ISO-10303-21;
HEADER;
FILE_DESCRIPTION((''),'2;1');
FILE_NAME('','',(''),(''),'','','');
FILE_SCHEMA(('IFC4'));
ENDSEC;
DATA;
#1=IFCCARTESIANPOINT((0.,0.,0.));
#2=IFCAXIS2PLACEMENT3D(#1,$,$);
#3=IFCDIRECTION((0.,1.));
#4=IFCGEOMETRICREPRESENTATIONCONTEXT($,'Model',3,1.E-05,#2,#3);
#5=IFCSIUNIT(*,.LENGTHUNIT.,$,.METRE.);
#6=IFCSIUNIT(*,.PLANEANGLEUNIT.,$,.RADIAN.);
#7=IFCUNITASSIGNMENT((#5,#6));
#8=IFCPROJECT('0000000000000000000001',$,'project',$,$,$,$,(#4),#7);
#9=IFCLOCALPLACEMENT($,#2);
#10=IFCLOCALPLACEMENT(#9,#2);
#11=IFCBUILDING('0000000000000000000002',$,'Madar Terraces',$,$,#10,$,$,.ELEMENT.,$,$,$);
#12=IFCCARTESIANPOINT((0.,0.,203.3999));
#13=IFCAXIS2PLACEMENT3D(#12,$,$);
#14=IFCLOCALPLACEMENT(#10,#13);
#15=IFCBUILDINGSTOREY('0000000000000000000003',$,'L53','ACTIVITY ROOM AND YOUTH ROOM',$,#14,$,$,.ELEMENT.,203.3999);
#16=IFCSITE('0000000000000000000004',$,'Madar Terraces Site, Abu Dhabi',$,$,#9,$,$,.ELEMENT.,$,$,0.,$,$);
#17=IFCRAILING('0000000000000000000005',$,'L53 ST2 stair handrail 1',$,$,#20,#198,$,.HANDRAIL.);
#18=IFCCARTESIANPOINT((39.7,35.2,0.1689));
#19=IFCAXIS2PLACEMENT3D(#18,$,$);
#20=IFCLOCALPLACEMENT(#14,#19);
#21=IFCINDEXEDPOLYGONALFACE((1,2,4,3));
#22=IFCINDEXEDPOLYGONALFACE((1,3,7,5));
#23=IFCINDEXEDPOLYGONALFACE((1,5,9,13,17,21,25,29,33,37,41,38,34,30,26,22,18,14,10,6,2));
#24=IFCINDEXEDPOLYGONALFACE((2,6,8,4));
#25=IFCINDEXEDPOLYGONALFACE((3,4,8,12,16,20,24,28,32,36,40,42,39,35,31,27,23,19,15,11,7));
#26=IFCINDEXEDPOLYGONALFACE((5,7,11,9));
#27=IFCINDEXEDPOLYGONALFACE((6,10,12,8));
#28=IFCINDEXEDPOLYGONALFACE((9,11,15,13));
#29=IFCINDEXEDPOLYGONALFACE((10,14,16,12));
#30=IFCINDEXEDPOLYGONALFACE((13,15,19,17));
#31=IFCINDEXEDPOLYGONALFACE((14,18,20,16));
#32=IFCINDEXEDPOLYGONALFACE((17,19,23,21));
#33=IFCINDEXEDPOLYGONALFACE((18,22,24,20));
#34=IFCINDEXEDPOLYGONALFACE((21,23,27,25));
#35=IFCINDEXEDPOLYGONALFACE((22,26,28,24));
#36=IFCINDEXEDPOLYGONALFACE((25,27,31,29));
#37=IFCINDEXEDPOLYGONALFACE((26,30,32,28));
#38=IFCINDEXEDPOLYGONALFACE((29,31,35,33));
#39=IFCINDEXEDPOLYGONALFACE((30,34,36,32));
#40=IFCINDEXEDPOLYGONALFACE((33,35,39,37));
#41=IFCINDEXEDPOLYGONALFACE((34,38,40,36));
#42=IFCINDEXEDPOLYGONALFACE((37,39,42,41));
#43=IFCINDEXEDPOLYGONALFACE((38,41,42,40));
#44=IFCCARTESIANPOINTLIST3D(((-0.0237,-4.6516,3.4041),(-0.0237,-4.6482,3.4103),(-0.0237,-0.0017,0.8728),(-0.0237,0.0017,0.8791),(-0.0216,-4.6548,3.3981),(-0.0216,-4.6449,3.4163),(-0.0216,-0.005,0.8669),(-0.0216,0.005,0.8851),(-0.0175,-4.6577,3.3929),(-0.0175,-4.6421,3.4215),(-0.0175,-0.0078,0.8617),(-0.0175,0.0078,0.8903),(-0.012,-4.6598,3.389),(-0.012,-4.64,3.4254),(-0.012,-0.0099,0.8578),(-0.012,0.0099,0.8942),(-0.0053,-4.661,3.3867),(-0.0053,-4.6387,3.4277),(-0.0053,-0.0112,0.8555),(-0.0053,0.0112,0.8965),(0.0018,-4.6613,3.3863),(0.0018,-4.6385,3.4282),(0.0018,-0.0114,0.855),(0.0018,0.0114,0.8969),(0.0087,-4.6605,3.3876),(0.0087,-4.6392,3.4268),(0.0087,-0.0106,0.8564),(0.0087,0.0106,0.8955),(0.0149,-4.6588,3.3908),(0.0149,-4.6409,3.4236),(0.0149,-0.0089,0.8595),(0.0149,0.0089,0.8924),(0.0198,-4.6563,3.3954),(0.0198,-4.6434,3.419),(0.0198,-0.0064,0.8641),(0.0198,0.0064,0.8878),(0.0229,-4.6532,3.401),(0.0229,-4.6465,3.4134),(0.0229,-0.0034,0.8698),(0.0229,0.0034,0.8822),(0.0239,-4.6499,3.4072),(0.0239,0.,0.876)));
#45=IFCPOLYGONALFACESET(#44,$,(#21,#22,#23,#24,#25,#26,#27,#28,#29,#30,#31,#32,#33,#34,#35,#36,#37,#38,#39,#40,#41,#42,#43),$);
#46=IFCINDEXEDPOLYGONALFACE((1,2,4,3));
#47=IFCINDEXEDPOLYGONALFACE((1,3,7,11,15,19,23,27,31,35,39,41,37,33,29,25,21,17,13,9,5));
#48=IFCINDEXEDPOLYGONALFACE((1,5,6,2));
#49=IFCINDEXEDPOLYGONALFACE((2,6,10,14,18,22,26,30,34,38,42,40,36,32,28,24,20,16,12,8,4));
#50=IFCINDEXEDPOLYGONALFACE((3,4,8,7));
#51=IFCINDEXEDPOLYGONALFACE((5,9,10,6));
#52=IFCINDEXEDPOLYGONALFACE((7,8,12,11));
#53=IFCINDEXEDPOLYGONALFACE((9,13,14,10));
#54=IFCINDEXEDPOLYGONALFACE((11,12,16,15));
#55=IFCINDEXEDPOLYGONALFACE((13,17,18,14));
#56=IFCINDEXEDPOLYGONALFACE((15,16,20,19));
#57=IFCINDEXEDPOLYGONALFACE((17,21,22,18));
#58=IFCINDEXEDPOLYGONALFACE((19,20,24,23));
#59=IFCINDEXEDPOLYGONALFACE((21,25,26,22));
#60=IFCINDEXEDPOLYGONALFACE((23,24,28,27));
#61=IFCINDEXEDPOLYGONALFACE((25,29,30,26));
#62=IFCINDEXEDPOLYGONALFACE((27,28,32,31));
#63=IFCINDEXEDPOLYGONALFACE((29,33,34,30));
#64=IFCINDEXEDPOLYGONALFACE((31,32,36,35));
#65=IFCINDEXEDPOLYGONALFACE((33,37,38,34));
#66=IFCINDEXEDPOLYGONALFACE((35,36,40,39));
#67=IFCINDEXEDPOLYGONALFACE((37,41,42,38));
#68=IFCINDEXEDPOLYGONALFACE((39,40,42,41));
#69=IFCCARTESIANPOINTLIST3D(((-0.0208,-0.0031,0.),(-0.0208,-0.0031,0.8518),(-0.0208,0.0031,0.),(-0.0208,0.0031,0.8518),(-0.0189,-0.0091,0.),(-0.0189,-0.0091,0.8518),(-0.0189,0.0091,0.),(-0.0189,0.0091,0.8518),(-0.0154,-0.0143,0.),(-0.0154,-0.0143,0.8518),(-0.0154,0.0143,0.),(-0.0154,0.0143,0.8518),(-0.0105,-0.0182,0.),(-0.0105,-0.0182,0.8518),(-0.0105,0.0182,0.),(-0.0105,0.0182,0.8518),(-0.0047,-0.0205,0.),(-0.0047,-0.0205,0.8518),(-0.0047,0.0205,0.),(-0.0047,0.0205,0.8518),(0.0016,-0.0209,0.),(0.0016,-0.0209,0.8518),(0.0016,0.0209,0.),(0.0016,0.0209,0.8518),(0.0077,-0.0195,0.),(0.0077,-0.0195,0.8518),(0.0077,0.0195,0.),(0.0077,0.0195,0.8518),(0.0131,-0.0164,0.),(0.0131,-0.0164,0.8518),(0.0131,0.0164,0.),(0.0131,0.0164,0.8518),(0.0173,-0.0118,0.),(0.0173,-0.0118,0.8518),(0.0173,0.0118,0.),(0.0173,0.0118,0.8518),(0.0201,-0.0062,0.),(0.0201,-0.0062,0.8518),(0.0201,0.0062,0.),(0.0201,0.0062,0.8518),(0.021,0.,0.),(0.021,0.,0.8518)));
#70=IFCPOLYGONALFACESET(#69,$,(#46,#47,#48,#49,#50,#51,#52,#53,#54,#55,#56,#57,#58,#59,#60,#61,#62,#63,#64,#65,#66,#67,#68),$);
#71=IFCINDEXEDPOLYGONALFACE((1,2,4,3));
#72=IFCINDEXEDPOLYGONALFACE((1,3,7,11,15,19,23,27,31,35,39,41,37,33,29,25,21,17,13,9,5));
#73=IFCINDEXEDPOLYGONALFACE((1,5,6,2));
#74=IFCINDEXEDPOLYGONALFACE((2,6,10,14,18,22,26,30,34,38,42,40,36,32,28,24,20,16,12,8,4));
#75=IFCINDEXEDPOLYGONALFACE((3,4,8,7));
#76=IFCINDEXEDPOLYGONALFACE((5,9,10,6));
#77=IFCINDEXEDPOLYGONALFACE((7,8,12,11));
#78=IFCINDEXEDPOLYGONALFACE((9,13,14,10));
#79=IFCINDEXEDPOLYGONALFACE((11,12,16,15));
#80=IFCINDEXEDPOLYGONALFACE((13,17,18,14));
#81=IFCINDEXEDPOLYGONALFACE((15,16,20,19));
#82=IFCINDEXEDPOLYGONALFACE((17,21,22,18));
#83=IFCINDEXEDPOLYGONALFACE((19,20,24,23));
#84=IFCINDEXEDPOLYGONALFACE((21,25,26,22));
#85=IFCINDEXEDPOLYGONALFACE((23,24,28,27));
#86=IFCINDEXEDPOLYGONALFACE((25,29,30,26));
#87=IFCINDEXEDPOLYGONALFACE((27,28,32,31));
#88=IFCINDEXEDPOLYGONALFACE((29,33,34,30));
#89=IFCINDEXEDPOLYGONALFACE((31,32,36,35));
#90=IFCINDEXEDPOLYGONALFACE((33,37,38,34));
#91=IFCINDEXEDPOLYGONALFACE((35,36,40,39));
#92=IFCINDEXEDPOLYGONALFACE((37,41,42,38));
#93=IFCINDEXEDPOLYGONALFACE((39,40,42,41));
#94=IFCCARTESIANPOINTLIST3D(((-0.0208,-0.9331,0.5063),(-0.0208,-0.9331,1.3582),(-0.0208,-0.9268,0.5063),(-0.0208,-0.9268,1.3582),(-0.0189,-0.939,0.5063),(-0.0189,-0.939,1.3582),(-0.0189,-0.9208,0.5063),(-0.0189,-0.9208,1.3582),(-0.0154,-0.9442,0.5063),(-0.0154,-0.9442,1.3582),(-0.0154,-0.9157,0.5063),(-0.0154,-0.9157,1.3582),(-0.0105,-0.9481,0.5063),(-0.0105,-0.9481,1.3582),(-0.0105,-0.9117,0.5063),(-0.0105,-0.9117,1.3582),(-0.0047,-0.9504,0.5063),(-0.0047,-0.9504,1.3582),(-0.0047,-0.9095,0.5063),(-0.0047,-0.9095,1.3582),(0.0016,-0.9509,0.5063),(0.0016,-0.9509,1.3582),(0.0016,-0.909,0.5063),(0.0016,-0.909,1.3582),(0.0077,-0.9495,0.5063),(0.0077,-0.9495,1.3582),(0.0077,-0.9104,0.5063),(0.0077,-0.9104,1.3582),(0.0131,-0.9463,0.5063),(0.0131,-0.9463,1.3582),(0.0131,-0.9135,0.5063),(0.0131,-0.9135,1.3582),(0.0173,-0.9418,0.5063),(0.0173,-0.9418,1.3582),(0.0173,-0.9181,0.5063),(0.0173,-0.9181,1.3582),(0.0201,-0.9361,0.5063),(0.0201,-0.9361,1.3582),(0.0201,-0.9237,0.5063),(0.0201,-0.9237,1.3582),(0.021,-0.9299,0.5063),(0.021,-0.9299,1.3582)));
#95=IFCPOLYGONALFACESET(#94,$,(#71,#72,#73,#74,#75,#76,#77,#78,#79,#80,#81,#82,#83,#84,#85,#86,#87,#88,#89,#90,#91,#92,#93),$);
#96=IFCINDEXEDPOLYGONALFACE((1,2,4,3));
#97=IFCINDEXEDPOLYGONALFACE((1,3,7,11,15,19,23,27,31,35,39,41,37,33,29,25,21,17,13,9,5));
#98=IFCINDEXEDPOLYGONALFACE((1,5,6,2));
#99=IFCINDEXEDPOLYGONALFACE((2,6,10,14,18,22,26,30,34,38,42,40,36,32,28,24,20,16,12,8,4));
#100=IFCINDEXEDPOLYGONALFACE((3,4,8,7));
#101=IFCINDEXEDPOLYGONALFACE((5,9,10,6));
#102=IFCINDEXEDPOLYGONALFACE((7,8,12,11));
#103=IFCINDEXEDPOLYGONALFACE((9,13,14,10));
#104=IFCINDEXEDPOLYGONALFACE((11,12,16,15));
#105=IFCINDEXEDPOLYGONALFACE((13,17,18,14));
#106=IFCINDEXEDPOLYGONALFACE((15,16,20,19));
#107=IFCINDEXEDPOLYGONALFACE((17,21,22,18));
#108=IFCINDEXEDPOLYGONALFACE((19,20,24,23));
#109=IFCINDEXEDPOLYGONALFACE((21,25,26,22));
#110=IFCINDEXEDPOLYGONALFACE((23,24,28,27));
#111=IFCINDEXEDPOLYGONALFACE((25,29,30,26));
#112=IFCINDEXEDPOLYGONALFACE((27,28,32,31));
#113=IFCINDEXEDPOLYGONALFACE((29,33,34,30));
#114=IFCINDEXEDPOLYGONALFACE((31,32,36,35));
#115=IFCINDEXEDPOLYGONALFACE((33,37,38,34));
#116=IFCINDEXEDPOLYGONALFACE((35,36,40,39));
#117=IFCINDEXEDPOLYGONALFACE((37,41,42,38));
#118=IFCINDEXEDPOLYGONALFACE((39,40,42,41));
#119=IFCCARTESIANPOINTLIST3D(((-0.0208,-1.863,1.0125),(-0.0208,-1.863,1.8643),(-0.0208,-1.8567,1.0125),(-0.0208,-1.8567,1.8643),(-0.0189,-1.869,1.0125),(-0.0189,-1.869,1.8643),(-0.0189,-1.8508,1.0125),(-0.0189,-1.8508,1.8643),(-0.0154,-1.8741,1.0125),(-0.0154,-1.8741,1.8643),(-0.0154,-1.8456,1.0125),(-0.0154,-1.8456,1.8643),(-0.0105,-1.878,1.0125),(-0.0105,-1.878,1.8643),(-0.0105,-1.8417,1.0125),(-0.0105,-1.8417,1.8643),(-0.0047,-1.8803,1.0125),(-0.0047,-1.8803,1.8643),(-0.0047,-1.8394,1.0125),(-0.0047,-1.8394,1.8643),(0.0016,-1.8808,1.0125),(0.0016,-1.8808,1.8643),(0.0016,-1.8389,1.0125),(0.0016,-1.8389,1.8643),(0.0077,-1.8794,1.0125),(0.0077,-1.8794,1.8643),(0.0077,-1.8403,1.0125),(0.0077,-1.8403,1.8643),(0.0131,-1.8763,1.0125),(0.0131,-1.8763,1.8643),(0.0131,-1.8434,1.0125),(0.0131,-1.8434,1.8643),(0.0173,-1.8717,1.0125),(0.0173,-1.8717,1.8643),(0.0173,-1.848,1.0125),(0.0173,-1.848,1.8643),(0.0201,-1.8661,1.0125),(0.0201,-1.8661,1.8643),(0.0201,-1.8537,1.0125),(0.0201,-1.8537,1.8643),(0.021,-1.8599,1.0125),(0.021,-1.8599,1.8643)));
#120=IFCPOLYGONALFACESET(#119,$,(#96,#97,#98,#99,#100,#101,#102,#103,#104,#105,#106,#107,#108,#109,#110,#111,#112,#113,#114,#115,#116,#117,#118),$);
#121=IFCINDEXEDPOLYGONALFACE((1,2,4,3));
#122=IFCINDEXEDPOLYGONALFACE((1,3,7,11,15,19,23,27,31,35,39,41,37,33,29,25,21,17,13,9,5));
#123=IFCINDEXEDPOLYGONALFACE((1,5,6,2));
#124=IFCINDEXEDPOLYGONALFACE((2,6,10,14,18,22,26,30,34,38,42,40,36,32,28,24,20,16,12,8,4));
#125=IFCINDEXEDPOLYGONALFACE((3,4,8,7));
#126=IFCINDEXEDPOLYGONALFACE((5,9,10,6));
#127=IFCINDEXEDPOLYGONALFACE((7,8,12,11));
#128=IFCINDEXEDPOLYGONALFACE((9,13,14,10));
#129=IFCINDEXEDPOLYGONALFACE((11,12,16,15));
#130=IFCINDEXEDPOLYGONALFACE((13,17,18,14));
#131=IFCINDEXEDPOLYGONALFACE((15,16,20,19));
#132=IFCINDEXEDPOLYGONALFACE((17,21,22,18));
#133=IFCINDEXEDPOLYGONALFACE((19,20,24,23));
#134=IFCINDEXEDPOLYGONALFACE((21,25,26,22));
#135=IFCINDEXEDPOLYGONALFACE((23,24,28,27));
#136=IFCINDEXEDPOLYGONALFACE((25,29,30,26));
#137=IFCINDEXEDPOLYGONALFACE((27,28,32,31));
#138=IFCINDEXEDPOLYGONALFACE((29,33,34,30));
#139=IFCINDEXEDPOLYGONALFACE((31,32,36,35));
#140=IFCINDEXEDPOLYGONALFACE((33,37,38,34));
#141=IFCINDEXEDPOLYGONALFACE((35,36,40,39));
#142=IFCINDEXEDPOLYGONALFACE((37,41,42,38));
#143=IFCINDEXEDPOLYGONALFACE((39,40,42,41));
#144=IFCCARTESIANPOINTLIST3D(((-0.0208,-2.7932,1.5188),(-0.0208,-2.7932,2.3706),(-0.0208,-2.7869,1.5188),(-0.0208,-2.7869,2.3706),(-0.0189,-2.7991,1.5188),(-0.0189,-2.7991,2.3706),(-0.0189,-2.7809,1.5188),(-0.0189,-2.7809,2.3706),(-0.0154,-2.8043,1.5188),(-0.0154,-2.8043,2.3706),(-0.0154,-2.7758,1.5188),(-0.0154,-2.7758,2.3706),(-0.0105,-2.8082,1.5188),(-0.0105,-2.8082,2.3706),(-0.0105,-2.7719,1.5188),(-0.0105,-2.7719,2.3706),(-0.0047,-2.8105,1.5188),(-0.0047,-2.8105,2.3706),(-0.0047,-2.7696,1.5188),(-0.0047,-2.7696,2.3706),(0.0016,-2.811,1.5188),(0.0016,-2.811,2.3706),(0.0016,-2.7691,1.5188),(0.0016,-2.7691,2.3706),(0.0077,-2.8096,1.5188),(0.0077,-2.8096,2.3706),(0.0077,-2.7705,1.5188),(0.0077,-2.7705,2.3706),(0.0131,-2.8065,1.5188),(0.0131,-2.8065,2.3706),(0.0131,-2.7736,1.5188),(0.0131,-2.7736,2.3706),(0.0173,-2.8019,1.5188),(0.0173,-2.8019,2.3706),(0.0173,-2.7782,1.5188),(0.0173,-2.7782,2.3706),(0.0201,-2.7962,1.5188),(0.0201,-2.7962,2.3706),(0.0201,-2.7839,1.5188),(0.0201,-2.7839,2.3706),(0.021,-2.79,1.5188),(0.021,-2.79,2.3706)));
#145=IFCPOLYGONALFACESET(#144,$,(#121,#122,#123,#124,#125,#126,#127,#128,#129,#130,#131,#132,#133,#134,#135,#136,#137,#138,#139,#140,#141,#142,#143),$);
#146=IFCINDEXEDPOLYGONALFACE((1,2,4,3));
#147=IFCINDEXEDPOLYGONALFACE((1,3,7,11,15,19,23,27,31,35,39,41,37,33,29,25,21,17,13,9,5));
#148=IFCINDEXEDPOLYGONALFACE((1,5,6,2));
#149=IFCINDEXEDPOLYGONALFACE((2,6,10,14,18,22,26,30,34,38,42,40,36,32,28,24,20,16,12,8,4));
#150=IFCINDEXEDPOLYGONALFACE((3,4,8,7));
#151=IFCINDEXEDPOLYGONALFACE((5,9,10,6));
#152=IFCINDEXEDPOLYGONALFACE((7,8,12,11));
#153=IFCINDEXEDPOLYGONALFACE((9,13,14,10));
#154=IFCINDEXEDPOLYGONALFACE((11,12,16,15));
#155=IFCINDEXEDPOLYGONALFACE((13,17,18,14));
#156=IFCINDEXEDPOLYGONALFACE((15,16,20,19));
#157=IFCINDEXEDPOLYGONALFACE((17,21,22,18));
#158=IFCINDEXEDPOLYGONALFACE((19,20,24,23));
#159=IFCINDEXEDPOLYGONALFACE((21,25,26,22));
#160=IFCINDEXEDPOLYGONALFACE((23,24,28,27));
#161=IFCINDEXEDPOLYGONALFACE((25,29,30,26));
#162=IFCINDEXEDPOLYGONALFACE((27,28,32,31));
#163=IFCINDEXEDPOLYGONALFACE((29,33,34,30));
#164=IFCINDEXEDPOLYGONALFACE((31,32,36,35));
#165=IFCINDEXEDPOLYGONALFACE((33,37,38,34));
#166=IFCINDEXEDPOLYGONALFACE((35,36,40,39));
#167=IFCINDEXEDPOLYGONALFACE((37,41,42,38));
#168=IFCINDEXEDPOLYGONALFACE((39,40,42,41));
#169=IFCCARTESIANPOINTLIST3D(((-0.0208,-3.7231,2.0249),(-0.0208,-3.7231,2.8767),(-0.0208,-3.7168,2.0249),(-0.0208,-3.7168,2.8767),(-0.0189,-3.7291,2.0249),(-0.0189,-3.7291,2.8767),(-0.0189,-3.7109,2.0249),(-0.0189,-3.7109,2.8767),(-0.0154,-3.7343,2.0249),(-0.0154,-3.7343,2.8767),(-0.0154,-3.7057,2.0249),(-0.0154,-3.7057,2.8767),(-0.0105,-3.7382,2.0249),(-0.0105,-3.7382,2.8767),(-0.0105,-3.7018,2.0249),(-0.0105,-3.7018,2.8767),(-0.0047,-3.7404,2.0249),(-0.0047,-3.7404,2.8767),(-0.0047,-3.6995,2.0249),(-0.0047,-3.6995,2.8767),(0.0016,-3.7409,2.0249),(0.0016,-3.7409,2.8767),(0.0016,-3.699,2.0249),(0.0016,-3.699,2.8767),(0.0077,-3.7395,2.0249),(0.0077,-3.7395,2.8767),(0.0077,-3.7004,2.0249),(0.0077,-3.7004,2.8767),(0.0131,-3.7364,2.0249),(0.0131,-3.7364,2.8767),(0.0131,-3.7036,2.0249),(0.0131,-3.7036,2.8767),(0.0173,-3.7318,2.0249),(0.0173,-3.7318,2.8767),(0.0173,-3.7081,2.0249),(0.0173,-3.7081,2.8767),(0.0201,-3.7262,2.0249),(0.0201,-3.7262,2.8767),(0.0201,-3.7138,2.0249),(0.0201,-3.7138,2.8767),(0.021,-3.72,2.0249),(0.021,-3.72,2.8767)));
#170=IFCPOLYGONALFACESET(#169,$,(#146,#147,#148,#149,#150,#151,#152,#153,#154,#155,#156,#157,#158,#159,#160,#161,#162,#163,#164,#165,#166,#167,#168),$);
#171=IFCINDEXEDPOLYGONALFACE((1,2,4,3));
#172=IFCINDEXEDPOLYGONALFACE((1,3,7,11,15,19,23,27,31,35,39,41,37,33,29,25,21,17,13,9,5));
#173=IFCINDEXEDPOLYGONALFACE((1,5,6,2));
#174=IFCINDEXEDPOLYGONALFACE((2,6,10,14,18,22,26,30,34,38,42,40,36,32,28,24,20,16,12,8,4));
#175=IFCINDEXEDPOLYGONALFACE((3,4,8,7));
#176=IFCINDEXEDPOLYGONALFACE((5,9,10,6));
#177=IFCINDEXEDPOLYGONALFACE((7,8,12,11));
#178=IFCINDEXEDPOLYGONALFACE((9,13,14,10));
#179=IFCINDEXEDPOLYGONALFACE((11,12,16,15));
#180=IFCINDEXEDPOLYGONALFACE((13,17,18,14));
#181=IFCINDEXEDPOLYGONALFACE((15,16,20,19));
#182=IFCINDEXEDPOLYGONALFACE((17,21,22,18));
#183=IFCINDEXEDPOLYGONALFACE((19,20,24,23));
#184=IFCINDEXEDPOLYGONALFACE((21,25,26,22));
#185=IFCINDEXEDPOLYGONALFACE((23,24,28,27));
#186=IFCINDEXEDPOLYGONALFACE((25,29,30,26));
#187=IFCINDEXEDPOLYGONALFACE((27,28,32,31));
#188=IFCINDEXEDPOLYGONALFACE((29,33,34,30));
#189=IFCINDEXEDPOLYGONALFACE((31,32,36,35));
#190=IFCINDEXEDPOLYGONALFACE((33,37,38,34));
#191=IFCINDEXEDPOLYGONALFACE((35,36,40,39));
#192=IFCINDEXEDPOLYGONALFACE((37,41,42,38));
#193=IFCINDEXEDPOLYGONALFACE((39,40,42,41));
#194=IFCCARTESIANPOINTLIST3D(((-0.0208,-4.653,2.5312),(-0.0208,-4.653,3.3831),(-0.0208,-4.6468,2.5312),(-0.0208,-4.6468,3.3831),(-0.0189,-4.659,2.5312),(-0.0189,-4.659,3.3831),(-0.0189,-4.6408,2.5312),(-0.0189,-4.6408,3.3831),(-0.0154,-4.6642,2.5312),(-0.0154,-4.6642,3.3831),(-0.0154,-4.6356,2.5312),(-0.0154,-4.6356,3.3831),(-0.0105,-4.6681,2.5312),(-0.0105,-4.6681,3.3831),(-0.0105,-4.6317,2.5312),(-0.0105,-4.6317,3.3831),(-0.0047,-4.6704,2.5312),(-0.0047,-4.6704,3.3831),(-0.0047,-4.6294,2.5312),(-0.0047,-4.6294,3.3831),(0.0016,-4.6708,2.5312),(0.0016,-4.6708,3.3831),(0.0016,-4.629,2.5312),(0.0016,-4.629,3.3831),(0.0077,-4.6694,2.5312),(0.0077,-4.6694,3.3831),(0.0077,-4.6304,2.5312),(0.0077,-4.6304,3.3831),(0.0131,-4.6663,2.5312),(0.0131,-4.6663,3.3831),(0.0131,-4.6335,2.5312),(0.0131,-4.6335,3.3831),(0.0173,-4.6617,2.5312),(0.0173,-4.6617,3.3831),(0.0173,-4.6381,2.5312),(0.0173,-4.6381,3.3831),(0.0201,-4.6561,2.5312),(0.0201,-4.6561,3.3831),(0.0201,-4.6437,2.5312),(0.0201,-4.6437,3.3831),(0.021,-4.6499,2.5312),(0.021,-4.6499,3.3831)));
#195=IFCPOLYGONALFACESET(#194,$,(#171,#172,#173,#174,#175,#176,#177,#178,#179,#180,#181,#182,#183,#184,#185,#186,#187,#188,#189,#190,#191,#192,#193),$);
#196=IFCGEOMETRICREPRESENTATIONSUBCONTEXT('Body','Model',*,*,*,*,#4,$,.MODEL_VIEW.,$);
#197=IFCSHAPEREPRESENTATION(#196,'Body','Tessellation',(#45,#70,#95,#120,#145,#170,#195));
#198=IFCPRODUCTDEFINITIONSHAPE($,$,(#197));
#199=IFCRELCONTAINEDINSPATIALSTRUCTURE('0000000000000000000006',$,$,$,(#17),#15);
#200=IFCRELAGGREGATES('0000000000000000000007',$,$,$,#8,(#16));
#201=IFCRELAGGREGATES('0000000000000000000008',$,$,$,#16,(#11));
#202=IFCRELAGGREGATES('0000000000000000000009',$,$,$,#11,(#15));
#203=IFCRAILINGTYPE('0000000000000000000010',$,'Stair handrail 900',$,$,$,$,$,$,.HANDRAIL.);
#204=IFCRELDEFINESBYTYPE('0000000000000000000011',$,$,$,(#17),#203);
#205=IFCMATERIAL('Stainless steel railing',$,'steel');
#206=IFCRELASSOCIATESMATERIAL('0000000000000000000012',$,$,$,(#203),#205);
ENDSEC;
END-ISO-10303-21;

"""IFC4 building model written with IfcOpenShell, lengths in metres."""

from ifc_helpers import new_model, si_unit, direction, frame, origin, origin_2d, place, context, subcontext, project, spatial, circle, extrude, material, type_object, element, save


model = new_model("IFC4")

# Units and contexts
model_context = context("Model", 3, precision=1e-05, world=origin(), true_north=direction((0.0, 1.0)))
body_context = subcontext(model_context, "Body", "Model", "MODEL_VIEW")
ifc_project = project(units=[si_unit("LENGTHUNIT", "METRE"), si_unit("PLANEANGLEUNIT", "RADIAN")], contexts=[model_context])

# Site, building, storey
site_placement = place(None, origin())
site = spatial("IfcSite", under=ifc_project, at=site_placement, Name="Madar Terraces Site, Abu Dhabi", CompositionType="ELEMENT", RefElevation=0.0)
building_placement = place(site_placement, origin())
building = spatial("IfcBuilding", under=site, at=building_placement, Name="Madar Terraces", CompositionType="ELEMENT")
storey_placement = place(building_placement, frame((0.0, 0.0, 203.3999)))
storey = spatial("IfcBuildingStorey", under=building, at=storey_placement, Name="L53", Description="ACTIVITY ROOM AND YOUTH ROOM", CompositionType="ELEMENT", Elevation=203.3999)

# Railing
ifc_material_1 = material(Name="Stainless steel railing", Category="steel")
railing_type_1 = type_object("IfcRailingType", Name="Stair handrail 900", PredefinedType="HANDRAIL", material=ifc_material_1)
railing_1_placement = place(storey_placement, frame((39.7, 35.2, 0.1689)))
element("IfcRailing", 1, at=railing_1_placement, inside=storey, type_object=railing_type_1, Name="L53 ST2 stair handrail 1", PredefinedType="HANDRAIL", context=body_context, shape_type="SweptSolid", body=[
    extrude(circle(Radius=0.0239, at=origin_2d()), frame((0.0, 0.0, 0.876), z_axis=(0.0, -0.878297, 0.478115), x_axis=(1.0, 0.0, 0.0)), (0.0, 0.0, 1.0), 5.2942),
    extrude(circle(Radius=0.021, at=origin_2d()), origin(), (0.0, 0.0, 1.0), 0.8518),
    extrude(circle(Radius=0.021, at=origin_2d()), frame((0.0, -0.9299, 0.5063)), (0.0, 0.0, 1.0), 0.8518),
    extrude(circle(Radius=0.021, at=origin_2d()), frame((0.0, -1.8599, 1.0125)), (0.0, 0.0, 1.0), 0.8518),
    extrude(circle(Radius=0.021, at=origin_2d()), frame((0.0, -2.79, 1.5188)), (0.0, 0.0, 1.0), 0.8518),
    extrude(circle(Radius=0.021, at=origin_2d()), frame((0.0, -3.72, 2.0249)), (0.0, 0.0, 1.0), 0.8518),
    extrude(circle(Radius=0.021, at=origin_2d()), frame((0.0, -4.6499, 2.5312)), (0.0, 0.0, 1.0), 0.8518),
])

save(model, "model.ifc")
